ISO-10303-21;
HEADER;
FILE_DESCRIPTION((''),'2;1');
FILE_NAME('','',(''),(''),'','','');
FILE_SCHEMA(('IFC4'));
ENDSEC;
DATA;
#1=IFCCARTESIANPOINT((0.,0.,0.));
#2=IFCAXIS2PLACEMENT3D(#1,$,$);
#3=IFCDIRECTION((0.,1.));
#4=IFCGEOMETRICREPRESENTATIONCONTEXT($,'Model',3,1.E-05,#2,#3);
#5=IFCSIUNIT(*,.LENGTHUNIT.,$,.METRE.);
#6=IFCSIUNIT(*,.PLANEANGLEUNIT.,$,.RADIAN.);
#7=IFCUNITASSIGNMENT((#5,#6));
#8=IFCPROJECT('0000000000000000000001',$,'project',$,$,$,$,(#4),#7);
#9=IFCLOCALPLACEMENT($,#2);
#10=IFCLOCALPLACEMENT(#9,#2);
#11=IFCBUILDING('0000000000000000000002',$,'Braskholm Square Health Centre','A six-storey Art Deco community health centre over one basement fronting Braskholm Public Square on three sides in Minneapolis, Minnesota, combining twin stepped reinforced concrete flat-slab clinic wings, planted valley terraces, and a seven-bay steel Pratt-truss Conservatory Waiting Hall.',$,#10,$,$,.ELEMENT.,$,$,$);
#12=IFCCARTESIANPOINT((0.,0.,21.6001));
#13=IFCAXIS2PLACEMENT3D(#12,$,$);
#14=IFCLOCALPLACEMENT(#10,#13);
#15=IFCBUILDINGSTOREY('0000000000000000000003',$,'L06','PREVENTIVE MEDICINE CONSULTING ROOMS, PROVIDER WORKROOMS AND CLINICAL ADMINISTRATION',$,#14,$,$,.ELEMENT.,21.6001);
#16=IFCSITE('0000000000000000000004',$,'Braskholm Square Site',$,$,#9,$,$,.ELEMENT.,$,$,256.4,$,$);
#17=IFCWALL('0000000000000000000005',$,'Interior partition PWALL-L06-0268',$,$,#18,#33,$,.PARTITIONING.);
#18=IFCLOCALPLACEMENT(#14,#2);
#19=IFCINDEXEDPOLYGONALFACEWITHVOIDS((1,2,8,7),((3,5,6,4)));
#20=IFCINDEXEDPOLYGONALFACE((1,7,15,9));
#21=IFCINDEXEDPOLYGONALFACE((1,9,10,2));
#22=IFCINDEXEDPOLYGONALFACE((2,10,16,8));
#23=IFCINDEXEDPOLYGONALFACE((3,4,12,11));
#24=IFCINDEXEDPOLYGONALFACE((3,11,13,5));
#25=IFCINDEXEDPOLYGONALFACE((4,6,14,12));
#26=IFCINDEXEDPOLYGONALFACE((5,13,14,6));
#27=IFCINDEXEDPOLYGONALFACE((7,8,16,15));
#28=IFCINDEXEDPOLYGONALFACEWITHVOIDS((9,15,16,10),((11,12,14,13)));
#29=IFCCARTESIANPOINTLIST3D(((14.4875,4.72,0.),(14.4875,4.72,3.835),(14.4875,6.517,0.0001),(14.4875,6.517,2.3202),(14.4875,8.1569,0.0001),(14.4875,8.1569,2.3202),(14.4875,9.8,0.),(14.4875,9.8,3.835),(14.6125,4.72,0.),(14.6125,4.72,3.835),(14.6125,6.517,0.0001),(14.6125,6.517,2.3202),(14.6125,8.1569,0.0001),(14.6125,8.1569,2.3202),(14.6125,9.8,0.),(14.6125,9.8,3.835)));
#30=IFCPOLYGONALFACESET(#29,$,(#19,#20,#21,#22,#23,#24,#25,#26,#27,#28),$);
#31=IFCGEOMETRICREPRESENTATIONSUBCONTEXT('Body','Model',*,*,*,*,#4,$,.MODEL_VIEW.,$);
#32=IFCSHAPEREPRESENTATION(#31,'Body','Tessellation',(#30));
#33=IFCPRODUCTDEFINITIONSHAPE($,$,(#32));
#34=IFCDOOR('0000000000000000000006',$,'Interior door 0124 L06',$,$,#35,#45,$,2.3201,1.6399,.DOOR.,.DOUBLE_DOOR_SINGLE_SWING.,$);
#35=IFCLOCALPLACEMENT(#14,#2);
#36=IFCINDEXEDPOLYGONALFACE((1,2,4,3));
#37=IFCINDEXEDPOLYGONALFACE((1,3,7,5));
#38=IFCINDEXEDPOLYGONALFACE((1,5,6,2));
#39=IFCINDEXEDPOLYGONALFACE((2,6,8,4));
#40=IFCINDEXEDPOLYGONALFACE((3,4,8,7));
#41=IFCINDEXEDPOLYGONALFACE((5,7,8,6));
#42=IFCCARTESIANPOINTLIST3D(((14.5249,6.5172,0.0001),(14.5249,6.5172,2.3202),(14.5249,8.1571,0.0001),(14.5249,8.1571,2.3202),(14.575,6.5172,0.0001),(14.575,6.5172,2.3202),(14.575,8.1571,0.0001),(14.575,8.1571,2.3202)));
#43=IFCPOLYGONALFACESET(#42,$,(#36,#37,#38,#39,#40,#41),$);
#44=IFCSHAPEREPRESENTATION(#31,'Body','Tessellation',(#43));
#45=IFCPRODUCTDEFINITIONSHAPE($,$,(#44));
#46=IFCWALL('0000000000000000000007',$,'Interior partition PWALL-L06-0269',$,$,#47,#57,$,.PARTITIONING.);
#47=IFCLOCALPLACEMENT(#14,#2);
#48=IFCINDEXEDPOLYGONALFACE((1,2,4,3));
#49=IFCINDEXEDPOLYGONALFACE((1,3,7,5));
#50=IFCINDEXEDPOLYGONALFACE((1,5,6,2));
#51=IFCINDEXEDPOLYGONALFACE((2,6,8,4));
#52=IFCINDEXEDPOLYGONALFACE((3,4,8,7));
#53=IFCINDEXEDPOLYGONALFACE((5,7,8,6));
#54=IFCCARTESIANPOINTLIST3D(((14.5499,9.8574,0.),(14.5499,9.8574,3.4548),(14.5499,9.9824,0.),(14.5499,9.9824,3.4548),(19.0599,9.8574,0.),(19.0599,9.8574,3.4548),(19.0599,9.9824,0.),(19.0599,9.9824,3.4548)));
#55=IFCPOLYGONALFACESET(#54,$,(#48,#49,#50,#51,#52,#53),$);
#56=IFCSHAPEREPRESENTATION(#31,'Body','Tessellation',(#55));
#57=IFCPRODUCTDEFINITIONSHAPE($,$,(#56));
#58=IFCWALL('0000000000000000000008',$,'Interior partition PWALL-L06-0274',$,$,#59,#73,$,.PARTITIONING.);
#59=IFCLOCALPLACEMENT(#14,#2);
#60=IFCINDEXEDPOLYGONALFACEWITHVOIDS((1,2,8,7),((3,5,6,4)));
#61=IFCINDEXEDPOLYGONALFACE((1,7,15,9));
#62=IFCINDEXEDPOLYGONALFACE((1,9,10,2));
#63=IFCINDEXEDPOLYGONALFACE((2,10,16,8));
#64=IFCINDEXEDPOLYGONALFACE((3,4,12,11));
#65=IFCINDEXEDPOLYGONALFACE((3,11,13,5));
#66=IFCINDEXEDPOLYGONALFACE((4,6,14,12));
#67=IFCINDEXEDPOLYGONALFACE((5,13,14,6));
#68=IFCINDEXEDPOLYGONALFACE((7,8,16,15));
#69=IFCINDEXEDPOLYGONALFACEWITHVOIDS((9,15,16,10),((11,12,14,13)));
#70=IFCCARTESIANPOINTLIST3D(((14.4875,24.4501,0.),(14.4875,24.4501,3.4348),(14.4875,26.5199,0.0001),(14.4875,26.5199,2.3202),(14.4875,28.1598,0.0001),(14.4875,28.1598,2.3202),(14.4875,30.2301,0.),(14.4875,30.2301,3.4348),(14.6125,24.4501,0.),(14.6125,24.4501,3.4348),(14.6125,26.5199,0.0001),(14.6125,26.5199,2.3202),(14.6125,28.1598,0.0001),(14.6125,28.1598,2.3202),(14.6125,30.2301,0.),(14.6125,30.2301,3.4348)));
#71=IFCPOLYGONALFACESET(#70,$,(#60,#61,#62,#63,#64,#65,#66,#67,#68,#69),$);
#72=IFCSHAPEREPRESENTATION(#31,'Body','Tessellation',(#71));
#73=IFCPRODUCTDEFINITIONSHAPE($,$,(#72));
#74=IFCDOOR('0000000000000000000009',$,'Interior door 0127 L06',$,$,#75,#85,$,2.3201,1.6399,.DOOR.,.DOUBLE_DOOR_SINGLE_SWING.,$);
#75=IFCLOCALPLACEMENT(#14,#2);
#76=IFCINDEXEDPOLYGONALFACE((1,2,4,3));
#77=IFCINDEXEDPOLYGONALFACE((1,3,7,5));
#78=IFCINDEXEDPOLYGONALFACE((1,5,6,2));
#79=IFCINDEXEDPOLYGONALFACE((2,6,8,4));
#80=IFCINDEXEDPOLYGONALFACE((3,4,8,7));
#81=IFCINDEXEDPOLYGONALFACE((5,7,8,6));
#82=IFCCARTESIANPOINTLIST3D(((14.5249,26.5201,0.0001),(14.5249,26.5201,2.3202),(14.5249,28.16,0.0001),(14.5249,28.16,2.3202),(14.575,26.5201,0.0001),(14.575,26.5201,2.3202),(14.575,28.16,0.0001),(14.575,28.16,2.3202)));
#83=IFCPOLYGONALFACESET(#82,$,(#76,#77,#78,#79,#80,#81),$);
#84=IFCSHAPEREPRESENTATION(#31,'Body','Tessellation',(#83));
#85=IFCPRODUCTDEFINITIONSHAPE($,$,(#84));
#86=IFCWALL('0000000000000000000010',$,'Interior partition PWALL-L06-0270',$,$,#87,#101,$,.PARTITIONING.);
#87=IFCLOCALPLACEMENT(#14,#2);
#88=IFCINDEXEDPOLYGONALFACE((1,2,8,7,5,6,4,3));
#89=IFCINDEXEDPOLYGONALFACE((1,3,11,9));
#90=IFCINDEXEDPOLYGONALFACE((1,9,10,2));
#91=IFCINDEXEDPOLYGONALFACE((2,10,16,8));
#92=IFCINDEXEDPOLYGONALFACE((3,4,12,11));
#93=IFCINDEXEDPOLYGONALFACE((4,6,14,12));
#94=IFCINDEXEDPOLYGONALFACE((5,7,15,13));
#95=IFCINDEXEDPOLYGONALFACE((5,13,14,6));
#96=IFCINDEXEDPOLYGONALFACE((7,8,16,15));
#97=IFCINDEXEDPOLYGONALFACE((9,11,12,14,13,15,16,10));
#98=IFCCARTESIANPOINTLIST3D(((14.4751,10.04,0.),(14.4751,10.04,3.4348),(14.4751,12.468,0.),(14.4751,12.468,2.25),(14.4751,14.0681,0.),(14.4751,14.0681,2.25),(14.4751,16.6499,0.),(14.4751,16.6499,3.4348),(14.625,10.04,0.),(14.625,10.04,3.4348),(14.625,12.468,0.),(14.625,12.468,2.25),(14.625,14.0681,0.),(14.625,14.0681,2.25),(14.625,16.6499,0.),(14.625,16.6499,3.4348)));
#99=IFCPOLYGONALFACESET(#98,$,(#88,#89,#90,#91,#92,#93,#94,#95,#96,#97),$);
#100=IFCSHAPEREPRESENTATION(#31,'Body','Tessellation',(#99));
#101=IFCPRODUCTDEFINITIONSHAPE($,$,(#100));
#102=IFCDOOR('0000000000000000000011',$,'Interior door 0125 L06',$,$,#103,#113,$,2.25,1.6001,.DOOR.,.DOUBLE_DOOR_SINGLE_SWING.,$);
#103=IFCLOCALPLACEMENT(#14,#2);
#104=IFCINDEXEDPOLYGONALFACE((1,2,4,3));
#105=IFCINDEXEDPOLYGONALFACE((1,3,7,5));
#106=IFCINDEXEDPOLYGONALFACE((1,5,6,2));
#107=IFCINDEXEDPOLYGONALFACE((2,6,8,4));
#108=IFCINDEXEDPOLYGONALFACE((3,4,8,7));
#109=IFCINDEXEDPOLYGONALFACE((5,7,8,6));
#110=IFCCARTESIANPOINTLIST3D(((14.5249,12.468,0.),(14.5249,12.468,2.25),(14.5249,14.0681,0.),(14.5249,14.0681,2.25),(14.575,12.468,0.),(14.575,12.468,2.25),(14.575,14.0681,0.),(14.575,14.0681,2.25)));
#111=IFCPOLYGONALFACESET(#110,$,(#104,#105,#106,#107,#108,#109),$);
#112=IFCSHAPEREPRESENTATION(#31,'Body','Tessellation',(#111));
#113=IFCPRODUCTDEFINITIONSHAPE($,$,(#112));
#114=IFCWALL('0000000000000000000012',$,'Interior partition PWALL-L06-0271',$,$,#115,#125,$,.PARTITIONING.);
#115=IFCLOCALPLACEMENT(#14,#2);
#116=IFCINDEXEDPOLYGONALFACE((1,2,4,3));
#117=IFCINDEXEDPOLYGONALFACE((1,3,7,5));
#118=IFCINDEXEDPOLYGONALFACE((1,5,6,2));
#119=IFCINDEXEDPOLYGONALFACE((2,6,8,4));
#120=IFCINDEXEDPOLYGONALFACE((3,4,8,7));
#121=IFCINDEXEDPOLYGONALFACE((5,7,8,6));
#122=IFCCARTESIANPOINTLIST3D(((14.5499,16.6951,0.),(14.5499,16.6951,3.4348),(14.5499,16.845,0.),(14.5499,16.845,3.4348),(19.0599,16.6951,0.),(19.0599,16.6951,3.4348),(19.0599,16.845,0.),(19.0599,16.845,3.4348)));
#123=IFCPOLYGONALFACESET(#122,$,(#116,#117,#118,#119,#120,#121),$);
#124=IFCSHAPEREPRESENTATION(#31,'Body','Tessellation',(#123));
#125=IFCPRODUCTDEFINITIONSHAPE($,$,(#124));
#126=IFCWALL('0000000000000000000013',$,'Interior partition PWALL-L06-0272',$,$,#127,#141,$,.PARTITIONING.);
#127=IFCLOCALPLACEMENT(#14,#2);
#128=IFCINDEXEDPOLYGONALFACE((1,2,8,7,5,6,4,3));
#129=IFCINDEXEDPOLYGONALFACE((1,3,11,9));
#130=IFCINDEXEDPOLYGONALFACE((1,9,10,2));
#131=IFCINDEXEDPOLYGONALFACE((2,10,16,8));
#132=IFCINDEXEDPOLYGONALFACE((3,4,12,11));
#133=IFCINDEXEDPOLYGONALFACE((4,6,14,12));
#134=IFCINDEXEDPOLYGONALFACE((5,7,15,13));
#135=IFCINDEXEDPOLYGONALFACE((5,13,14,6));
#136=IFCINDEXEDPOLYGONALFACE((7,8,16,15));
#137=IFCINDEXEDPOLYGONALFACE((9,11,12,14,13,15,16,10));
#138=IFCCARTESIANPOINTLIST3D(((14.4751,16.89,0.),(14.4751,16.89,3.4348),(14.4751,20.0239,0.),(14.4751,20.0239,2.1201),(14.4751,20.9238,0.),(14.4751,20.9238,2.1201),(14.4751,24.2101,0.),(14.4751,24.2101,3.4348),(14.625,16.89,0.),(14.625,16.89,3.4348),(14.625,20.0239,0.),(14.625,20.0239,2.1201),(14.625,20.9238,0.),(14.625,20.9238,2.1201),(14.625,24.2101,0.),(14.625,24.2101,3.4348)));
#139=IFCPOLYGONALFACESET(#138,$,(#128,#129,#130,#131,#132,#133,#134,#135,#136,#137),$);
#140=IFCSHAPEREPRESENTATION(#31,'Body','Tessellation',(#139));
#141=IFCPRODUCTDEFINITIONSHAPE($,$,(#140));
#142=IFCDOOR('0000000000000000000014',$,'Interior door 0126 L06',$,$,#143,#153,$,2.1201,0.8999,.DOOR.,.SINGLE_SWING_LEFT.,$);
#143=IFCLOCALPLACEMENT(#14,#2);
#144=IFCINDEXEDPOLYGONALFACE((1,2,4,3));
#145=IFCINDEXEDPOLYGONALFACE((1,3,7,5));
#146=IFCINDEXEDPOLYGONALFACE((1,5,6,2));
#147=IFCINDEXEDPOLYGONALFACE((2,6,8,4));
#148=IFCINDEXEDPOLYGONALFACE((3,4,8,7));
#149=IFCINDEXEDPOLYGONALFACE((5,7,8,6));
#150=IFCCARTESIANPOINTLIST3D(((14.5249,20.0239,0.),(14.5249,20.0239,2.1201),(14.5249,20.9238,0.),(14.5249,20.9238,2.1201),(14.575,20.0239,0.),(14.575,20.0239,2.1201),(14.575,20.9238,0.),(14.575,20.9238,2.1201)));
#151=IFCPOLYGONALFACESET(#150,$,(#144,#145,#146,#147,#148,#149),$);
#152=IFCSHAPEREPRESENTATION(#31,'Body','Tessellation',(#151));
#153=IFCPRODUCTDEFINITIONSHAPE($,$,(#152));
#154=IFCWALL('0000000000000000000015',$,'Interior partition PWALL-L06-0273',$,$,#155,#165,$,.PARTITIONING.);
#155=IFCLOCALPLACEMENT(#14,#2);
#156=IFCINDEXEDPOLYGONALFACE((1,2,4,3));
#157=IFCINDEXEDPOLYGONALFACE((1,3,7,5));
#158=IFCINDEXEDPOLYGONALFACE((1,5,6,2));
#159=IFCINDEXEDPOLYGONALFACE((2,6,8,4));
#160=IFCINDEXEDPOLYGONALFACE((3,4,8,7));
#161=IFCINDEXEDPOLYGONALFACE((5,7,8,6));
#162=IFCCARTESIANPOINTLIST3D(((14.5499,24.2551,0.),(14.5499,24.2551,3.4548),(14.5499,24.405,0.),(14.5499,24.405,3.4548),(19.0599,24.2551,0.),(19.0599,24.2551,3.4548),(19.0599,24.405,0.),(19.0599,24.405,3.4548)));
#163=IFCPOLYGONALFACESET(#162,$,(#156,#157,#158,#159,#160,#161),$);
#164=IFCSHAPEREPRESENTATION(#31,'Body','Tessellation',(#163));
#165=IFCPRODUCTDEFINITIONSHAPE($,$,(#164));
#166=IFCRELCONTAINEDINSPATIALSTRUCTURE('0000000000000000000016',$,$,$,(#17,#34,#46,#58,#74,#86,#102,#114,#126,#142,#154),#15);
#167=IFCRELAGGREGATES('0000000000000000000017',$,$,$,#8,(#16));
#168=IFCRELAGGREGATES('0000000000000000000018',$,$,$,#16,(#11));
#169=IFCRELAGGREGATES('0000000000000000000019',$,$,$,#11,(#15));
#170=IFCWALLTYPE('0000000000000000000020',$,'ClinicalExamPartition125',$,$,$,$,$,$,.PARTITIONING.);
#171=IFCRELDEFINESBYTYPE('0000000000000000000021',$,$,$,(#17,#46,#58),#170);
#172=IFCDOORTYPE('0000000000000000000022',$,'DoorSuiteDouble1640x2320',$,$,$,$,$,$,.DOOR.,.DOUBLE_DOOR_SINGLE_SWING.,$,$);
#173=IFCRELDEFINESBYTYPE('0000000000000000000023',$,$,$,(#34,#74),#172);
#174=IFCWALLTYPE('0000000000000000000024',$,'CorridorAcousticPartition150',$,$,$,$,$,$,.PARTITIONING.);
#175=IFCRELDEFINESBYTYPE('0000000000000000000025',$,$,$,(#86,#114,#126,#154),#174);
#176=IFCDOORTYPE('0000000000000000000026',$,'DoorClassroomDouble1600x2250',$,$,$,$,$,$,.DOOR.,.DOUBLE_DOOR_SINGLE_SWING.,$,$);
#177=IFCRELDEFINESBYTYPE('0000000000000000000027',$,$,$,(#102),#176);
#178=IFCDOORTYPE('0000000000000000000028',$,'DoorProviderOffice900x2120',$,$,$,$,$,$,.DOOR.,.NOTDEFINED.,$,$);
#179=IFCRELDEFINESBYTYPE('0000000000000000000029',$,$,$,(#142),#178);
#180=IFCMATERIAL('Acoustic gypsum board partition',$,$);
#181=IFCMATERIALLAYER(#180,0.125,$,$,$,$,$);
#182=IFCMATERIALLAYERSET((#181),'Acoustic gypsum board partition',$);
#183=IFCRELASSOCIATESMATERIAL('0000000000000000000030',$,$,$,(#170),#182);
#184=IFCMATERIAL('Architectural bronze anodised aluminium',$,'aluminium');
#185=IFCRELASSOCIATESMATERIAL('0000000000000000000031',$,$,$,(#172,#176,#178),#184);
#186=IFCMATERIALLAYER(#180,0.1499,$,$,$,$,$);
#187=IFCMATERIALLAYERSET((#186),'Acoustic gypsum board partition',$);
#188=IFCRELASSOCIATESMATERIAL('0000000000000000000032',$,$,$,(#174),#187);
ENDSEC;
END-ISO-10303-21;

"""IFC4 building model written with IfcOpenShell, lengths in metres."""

from ifc_helpers import new_model, si_unit, direction, frame, frame_2d, origin, place, context, subcontext, project, spatial, rectangle, extrude, material, layer, layer_set, type_object, element, fill, save


model = new_model("IFC4")

# Units and contexts
model_context = context("Model", 3, precision=1e-05, world=origin(), true_north=direction((0.0, 1.0)))
body_context = subcontext(model_context, "Body", "Model", "MODEL_VIEW")
ifc_project = project(units=[si_unit("LENGTHUNIT", "METRE"), si_unit("PLANEANGLEUNIT", "RADIAN")], contexts=[model_context])

# Site, building, storey
site_placement = place(None, origin())
site = spatial("IfcSite", under=ifc_project, at=site_placement, Name="Braskholm Square Site", CompositionType="ELEMENT", RefElevation=256.4)
building_placement = place(site_placement, origin())
building = spatial("IfcBuilding", under=site, at=building_placement, Name="Braskholm Square Health Centre", Description="A six-storey Art Deco community health centre over one basement fronting Braskholm Public Square on three sides in Minneapolis, Minnesota, combining twin stepped reinforced concrete flat-slab clinic wings, planted valley terraces, and a seven-bay steel Pratt-truss Conservatory Waiting Hall.", CompositionType="ELEMENT")
storey_placement = place(building_placement, frame((0.0, 0.0, 21.6001)))
storey = spatial("IfcBuildingStorey", under=building, at=storey_placement, Name="L06", Description="PREVENTIVE MEDICINE CONSULTING ROOMS, PROVIDER WORKROOMS AND CLINICAL ADMINISTRATION", CompositionType="ELEMENT", Elevation=21.6001)

# Shared definitions
ifc_material_1 = material(Name="Architectural bronze anodised aluminium", Category="aluminium")

# Wall, opening, door
ifc_material_2 = material(Name="Acoustic gypsum board partition")
ifc_layer_1 = layer(ifc_material_2, 0.125)
ifc_layer_set_1 = layer_set([ifc_layer_1], Name="Acoustic gypsum board partition")
wall_type_1 = type_object("IfcWallType", Name="ClinicalExamPartition125", PredefinedType="PARTITIONING", material=ifc_layer_set_1)
wall_1_placement = place(storey_placement, frame((14.55, 4.72, 0.0), z_axis=(0.0, 0.0, 1.0), x_axis=(0.0, 1.0, 0.0)))
wall_1 = element("IfcWall", 1, at=wall_1_placement, inside=storey, type_object=wall_type_1, Name="Interior partition PWALL-L06-0268", PredefinedType="PARTITIONING", context=body_context, shape_type="SweptSolid", body=[
    extrude(rectangle(XDim=5.0801, YDim=0.125, at=frame_2d((2.54, 0.0))), origin(), (0.0, 0.0, 1.0), 3.835),
])
opening_1_placement = place(wall_1_placement, frame((1.7971, 0.0, 0.0)))
opening_1 = element("IfcOpeningElement", 2, at=opening_1_placement, cuts=wall_1, PredefinedType="OPENING", context=body_context, shape_type="SweptSolid", body=[
    extrude(rectangle(XDim=1.6399, YDim=2.3201, at=frame_2d((0.8198, 1.1602))), frame((0.0, 0.0725, 0.0), z_axis=(0.0, -1.0, 0.0), x_axis=(1.0, 0.0, 0.0)), (0.0, 0.0, 1.0), 0.145),
])
door_type_1 = type_object("IfcDoorType", Name="DoorSuiteDouble1640x2320", OperationType="DOUBLE_DOOR_SINGLE_SWING", PredefinedType="DOOR", material=ifc_material_1)
door_1_placement = place(opening_1_placement, frame((1.6399, 0.0, 0.0), z_axis=(0.0, 0.0, 1.0), x_axis=(-1.0, 0.0, 0.0)))
door_1 = element("IfcDoor", 3, at=door_1_placement, inside=storey, type_object=door_type_1, Name="Interior door 0124 L06", OperationType="DOUBLE_DOOR_SINGLE_SWING", OverallHeight=2.3201, OverallWidth=1.6399, PredefinedType="DOOR", context=body_context, shape_type="SweptSolid", body=[
    extrude(rectangle(XDim=1.6399, YDim=2.3201, at=frame_2d((0.8198, 1.1602))), frame((0.0, 0.0249, 0.0), z_axis=(0.0, -1.0, 0.0), x_axis=(1.0, 0.0, 0.0)), (0.0, 0.0, 1.0), 0.05),
])
fill(opening_1, door_1)

# Wall
wall_2_placement = place(storey_placement, frame((14.55, 9.9199, 0.0), z_axis=(0.0, 0.0, 1.0), x_axis=(1.0, 0.0, 0.0)))
element("IfcWall", 4, at=wall_2_placement, inside=storey, type_object=wall_type_1, Name="Interior partition PWALL-L06-0269", PredefinedType="PARTITIONING", context=body_context, shape_type="SweptSolid", body=[
    extrude(rectangle(XDim=4.51, YDim=0.125, at=frame_2d((2.2549, 0.0))), origin(), (0.0, 0.0, 1.0), 3.4548),
])

# Walls, openings, doors
wall_3_placement = place(storey_placement, frame((14.55, 24.45, 0.0), z_axis=(0.0, 0.0, 1.0), x_axis=(0.0, 1.0, 0.0)))
wall_3 = element("IfcWall", 5, at=wall_3_placement, inside=storey, type_object=wall_type_1, Name="Interior partition PWALL-L06-0274", PredefinedType="PARTITIONING", context=body_context, shape_type="SweptSolid", body=[
    extrude(rectangle(XDim=5.78, YDim=0.125, at=frame_2d((2.8901, 0.0))), origin(), (0.0, 0.0, 1.0), 3.4348),
])
opening_2_placement = place(wall_3_placement, frame((2.0701, 0.0, 0.0)))
opening_2 = element("IfcOpeningElement", 6, at=opening_2_placement, cuts=wall_3, PredefinedType="OPENING", context=body_context, shape_type="SweptSolid", body=[
    extrude(rectangle(XDim=1.6399, YDim=2.3201, at=frame_2d((0.8198, 1.1602))), frame((0.0, 0.0725, 0.0), z_axis=(0.0, -1.0, 0.0), x_axis=(1.0, 0.0, 0.0)), (0.0, 0.0, 1.0), 0.145),
])
door_2_placement = place(opening_2_placement, frame((1.6399, 0.0, 0.0), z_axis=(0.0, 0.0, 1.0), x_axis=(-1.0, 0.0, 0.0)))
door_2 = element("IfcDoor", 7, at=door_2_placement, inside=storey, type_object=door_type_1, Name="Interior door 0127 L06", OperationType="DOUBLE_DOOR_SINGLE_SWING", OverallHeight=2.3201, OverallWidth=1.6399, PredefinedType="DOOR", context=body_context, shape_type="SweptSolid", body=[
    extrude(rectangle(XDim=1.6399, YDim=2.3201, at=frame_2d((0.8198, 1.1602))), frame((0.0, 0.0249, 0.0), z_axis=(0.0, -1.0, 0.0), x_axis=(1.0, 0.0, 0.0)), (0.0, 0.0, 1.0), 0.05),
])
fill(opening_2, door_2)
ifc_layer_2 = layer(ifc_material_2, 0.1499)
ifc_layer_set_2 = layer_set([ifc_layer_2], Name="Acoustic gypsum board partition")
wall_type_2 = type_object("IfcWallType", Name="CorridorAcousticPartition150", PredefinedType="PARTITIONING", material=ifc_layer_set_2)
wall_4_placement = place(storey_placement, frame((14.55, 10.04, 0.0), z_axis=(0.0, 0.0, 1.0), x_axis=(0.0, 1.0, 0.0)))
wall_4 = element("IfcWall", 8, at=wall_4_placement, inside=storey, type_object=wall_type_2, Name="Interior partition PWALL-L06-0270", PredefinedType="PARTITIONING", context=body_context, shape_type="SweptSolid", body=[
    extrude(rectangle(XDim=6.6099, YDim=0.1499, at=frame_2d((3.3049, 0.0))), origin(), (0.0, 0.0, 1.0), 3.4348),
])
opening_3_placement = place(wall_4_placement, frame((2.428, 0.0, 0.0)))
opening_3 = element("IfcOpeningElement", 9, at=opening_3_placement, cuts=wall_4, PredefinedType="OPENING", context=body_context, shape_type="SweptSolid", body=[
    extrude(rectangle(XDim=1.6001, YDim=2.25, at=frame_2d((0.8, 1.125))), frame((0.0, 0.085, 0.0), z_axis=(0.0, -1.0, 0.0), x_axis=(1.0, 0.0, 0.0)), (0.0, 0.0, 1.0), 0.1699),
])
door_type_2 = type_object("IfcDoorType", Name="DoorClassroomDouble1600x2250", OperationType="DOUBLE_DOOR_SINGLE_SWING", PredefinedType="DOOR", material=ifc_material_1)
door_3_placement = place(opening_3_placement, frame((1.6001, 0.0, 0.0), z_axis=(0.0, 0.0, 1.0), x_axis=(-1.0, 0.0, 0.0)))
door_3 = element("IfcDoor", 10, at=door_3_placement, inside=storey, type_object=door_type_2, Name="Interior door 0125 L06", OperationType="DOUBLE_DOOR_SINGLE_SWING", OverallHeight=2.25, OverallWidth=1.6001, PredefinedType="DOOR", context=body_context, shape_type="SweptSolid", body=[
    extrude(rectangle(XDim=1.6001, YDim=2.25, at=frame_2d((0.8, 1.125))), frame((0.0, 0.0249, 0.0), z_axis=(0.0, -1.0, 0.0), x_axis=(1.0, 0.0, 0.0)), (0.0, 0.0, 1.0), 0.05),
])
fill(opening_3, door_3)

# Wall
wall_5_placement = place(storey_placement, frame((14.55, 16.77, 0.0), z_axis=(0.0, 0.0, 1.0), x_axis=(1.0, 0.0, 0.0)))
element("IfcWall", 11, at=wall_5_placement, inside=storey, type_object=wall_type_2, Name="Interior partition PWALL-L06-0271", PredefinedType="PARTITIONING", context=body_context, shape_type="SweptSolid", body=[
    extrude(rectangle(XDim=4.51, YDim=0.1499, at=frame_2d((2.2549, 0.0))), origin(), (0.0, 0.0, 1.0), 3.4348),
])

# Wall, opening, door
wall_6_placement = place(storey_placement, frame((14.55, 16.8899, 0.0), z_axis=(0.0, 0.0, 1.0), x_axis=(0.0, 1.0, 0.0)))
wall_6 = element("IfcWall", 12, at=wall_6_placement, inside=storey, type_object=wall_type_2, Name="Interior partition PWALL-L06-0272", PredefinedType="PARTITIONING", context=body_context, shape_type="SweptSolid", body=[
    extrude(rectangle(XDim=7.3201, YDim=0.1499, at=frame_2d((3.6602, 0.0))), origin(), (0.0, 0.0, 1.0), 3.4348),
])
opening_4_placement = place(wall_6_placement, frame((3.134, 0.0, 0.0)))
opening_4 = element("IfcOpeningElement", 13, at=opening_4_placement, cuts=wall_6, PredefinedType="OPENING", context=body_context, shape_type="SweptSolid", body=[
    extrude(rectangle(XDim=0.8999, YDim=2.1201, at=frame_2d((0.45, 1.0601))), frame((0.0, 0.085, 0.0), z_axis=(0.0, -1.0, 0.0), x_axis=(1.0, 0.0, 0.0)), (0.0, 0.0, 1.0), 0.1699),
])
door_type_3 = type_object("IfcDoorType", Name="DoorProviderOffice900x2120", OperationType="NOTDEFINED", PredefinedType="DOOR", material=ifc_material_1)
door_4_placement = place(opening_4_placement, frame((0.8999, 0.0, 0.0), z_axis=(0.0, 0.0, 1.0), x_axis=(-1.0, 0.0, 0.0)))
door_4 = element("IfcDoor", 14, at=door_4_placement, inside=storey, type_object=door_type_3, Name="Interior door 0126 L06", OperationType="SINGLE_SWING_LEFT", OverallHeight=2.1201, OverallWidth=0.8999, PredefinedType="DOOR", context=body_context, shape_type="SweptSolid", body=[
    extrude(rectangle(XDim=0.8999, YDim=2.1201, at=frame_2d((0.45, 1.0601))), frame((0.0, 0.0249, 0.0), z_axis=(0.0, -1.0, 0.0), x_axis=(1.0, 0.0, 0.0)), (0.0, 0.0, 1.0), 0.05),
])
fill(opening_4, door_4)

# Wall
wall_7_placement = place(storey_placement, frame((14.55, 24.3301, 0.0), z_axis=(0.0, 0.0, 1.0), x_axis=(1.0, 0.0, 0.0)))
element("IfcWall", 15, at=wall_7_placement, inside=storey, type_object=wall_type_2, Name="Interior partition PWALL-L06-0273", PredefinedType="PARTITIONING", context=body_context, shape_type="SweptSolid", body=[
    extrude(rectangle(XDim=4.51, YDim=0.1499, at=frame_2d((2.2549, 0.0))), origin(), (0.0, 0.0, 1.0), 3.4548),
])

save(model, "model.ifc")
